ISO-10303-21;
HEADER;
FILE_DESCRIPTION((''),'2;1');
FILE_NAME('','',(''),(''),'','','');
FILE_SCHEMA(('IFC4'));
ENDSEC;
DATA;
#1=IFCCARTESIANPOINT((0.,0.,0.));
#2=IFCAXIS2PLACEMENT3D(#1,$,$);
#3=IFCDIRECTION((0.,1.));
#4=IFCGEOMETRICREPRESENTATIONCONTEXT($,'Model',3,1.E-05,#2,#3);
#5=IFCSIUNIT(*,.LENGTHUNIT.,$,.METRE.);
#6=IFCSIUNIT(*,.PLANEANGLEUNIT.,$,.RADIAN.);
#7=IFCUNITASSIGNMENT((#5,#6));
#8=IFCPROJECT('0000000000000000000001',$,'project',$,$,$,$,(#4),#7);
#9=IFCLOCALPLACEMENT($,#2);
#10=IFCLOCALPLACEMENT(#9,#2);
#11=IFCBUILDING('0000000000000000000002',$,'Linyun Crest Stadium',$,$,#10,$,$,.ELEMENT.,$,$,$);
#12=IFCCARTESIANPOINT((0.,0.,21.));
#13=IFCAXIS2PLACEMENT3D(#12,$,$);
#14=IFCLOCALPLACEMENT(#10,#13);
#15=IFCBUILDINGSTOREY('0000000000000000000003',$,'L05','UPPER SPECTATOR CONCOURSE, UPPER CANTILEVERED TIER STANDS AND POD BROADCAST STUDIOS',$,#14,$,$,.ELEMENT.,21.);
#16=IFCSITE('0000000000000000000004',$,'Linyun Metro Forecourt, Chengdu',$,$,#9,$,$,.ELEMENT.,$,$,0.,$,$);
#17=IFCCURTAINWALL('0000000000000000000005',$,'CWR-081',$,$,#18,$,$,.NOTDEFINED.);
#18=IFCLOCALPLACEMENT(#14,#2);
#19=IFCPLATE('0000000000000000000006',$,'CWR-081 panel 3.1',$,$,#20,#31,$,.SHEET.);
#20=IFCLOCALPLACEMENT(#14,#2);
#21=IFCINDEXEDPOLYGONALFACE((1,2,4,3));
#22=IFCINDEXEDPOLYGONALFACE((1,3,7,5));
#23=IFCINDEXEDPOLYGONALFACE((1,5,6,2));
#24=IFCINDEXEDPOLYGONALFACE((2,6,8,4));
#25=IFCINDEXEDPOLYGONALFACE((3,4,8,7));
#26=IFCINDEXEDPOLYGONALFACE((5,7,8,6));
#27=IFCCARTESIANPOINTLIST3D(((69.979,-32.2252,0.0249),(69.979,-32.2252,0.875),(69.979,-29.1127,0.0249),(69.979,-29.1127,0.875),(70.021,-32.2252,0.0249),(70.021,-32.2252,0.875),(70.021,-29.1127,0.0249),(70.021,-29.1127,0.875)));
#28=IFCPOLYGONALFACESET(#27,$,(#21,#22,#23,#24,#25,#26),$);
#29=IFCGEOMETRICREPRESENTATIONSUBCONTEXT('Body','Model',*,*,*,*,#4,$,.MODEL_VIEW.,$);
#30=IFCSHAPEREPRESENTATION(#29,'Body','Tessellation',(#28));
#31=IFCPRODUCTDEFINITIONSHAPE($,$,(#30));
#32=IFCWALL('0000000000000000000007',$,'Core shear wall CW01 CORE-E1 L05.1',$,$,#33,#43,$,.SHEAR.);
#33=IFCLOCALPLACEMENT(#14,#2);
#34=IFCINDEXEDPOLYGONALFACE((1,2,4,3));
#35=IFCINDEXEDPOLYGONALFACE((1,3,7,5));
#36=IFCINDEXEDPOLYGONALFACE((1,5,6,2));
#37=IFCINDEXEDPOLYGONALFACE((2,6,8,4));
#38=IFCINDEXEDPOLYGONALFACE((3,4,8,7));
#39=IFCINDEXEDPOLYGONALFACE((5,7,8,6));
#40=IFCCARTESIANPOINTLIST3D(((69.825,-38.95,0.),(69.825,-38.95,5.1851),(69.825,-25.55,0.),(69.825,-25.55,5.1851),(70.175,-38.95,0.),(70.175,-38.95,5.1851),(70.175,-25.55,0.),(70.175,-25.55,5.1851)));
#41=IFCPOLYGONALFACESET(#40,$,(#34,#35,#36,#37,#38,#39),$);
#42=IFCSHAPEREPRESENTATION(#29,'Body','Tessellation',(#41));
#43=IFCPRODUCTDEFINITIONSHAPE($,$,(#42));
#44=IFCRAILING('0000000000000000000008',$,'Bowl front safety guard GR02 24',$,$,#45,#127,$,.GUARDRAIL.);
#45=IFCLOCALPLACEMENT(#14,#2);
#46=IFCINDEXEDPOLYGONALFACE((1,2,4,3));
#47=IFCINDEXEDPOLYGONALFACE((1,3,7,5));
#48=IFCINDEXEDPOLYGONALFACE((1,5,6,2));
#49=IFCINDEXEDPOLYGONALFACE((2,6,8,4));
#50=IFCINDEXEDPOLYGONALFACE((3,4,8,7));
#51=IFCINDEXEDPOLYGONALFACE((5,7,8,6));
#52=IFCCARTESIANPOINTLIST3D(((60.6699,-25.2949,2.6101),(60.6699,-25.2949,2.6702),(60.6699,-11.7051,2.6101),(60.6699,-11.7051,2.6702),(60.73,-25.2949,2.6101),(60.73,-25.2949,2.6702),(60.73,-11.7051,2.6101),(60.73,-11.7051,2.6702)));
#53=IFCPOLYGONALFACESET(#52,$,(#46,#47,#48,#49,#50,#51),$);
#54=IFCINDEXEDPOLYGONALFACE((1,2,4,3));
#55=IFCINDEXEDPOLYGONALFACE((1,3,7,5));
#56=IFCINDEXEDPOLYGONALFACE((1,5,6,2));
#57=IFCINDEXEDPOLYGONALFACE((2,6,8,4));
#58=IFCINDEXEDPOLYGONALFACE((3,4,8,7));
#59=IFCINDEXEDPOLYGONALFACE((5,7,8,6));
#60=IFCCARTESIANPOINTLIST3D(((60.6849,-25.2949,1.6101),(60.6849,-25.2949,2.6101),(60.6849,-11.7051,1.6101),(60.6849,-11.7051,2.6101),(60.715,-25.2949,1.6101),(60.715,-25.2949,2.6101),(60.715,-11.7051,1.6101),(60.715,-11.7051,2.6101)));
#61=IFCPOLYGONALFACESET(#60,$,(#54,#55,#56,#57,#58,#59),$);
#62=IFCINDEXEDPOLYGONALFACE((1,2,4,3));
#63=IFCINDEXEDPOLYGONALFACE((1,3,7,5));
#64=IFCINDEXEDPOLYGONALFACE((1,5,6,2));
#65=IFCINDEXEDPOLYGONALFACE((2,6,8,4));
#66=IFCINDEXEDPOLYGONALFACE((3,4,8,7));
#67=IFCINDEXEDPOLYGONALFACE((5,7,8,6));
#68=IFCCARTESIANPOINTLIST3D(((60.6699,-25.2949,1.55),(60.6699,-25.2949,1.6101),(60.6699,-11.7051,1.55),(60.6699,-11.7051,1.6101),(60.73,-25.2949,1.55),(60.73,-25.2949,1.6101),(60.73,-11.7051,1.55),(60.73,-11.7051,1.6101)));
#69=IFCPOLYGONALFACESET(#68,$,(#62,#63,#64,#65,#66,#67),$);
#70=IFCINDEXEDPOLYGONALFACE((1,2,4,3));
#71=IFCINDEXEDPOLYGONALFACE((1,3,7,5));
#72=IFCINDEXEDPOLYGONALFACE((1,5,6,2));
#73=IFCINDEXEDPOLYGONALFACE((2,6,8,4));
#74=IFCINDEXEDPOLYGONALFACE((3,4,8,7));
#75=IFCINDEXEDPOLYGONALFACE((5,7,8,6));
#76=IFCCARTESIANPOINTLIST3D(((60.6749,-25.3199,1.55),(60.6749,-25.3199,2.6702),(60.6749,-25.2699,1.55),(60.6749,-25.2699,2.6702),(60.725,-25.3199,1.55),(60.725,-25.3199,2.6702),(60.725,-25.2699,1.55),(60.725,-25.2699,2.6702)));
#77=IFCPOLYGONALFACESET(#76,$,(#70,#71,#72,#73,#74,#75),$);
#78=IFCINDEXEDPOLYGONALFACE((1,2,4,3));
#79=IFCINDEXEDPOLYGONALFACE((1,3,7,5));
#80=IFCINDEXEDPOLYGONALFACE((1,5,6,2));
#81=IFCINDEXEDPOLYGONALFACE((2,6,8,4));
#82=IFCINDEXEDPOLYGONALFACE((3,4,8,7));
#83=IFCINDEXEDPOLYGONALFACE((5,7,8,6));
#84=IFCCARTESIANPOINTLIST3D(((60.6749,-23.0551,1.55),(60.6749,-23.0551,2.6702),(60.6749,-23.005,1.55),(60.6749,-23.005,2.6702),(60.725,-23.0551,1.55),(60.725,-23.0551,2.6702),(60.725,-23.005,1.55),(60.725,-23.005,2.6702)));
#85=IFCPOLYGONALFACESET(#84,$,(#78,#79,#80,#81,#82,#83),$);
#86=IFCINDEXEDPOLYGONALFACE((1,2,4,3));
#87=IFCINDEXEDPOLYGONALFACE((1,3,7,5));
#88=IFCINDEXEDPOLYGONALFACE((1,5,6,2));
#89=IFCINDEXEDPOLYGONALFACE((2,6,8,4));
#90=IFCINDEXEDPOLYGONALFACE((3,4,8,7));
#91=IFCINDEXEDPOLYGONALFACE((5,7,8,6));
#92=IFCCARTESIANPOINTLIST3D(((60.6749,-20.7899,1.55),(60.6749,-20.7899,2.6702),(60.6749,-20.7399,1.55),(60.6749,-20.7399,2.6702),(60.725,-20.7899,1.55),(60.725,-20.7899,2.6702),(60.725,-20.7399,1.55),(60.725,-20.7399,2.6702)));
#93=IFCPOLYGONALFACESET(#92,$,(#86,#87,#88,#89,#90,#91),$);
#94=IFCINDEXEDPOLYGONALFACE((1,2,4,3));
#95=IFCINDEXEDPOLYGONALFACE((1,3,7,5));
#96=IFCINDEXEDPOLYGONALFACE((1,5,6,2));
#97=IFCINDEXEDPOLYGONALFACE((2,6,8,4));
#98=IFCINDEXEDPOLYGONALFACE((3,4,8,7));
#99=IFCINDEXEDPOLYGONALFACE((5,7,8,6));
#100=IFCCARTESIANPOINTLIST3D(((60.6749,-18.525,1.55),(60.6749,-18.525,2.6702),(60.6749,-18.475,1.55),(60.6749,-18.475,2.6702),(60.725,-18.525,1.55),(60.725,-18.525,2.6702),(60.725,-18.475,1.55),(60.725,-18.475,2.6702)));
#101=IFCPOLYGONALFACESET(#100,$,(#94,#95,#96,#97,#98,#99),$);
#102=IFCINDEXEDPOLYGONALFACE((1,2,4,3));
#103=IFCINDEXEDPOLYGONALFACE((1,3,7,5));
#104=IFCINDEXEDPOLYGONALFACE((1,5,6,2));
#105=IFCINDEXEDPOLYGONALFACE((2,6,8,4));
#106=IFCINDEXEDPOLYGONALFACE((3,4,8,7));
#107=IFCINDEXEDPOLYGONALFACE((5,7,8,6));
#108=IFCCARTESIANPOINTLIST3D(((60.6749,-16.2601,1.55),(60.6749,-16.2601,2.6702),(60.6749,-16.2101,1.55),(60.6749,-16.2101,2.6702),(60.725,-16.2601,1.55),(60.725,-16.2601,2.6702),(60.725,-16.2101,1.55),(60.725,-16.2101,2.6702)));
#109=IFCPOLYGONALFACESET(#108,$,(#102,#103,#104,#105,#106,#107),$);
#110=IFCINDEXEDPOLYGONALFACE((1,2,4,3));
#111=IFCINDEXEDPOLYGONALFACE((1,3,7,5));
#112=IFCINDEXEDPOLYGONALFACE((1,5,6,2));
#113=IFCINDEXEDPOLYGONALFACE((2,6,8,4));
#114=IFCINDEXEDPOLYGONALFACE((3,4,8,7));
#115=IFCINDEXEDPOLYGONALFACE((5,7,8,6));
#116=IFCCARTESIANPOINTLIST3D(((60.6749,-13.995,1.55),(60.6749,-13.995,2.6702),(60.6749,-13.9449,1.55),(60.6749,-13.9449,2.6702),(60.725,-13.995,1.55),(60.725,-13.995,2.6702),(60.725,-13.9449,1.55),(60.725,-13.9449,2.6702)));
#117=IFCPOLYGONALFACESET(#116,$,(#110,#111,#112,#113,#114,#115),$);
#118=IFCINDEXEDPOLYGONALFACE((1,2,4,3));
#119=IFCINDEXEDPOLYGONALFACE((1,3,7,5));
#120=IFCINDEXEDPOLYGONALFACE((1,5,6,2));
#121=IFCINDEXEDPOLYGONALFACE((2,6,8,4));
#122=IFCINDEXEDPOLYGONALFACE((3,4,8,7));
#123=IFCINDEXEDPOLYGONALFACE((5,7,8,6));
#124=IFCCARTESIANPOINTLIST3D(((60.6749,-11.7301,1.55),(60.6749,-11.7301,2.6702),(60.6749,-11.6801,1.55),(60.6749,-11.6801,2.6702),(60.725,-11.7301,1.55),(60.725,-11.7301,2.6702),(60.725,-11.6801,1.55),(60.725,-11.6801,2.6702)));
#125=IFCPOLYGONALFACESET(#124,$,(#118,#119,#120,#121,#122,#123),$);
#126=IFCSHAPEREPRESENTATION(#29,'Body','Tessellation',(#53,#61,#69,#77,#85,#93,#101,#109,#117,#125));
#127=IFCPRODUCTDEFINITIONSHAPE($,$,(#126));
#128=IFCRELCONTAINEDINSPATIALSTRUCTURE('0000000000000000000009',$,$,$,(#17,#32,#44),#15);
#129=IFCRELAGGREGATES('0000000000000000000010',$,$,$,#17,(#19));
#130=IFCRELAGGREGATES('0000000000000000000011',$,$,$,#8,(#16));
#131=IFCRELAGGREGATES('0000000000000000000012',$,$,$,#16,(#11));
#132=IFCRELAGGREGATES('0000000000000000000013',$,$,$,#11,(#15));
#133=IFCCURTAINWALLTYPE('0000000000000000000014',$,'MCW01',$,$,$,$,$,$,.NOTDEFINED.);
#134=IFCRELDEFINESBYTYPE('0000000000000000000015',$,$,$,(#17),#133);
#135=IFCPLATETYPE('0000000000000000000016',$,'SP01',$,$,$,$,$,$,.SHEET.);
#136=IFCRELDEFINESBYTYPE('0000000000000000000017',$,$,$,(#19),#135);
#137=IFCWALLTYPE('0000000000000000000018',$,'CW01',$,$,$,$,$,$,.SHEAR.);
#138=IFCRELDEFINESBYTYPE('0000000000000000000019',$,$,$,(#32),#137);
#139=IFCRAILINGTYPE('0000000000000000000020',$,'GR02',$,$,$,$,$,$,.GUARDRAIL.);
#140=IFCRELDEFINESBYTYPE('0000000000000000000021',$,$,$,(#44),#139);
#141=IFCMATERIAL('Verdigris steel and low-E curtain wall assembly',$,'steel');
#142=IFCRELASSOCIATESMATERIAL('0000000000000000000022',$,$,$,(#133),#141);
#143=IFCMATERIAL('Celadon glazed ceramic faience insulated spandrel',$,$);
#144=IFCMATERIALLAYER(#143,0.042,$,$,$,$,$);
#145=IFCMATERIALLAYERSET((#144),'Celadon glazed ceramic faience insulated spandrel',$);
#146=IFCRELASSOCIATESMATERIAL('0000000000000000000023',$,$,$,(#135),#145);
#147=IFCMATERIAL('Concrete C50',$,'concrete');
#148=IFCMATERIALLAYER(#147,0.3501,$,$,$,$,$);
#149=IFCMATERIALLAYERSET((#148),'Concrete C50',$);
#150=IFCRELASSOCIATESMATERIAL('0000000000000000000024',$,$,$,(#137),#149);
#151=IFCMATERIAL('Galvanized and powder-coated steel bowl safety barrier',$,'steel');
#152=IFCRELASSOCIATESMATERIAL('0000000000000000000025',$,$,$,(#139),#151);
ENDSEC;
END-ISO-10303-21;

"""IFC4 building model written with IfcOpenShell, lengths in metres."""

from ifc_helpers import new_model, si_unit, direction, frame, frame_2d, origin, origin_2d, place, context, subcontext, project, spatial, rectangle, extrude, material, layer, layer_set, type_object, element, aggregate, save


model = new_model("IFC4")

# Units and contexts
model_context = context("Model", 3, precision=1e-05, world=origin(), true_north=direction((0.0, 1.0)))
body_context = subcontext(model_context, "Body", "Model", "MODEL_VIEW")
ifc_project = project(units=[si_unit("LENGTHUNIT", "METRE"), si_unit("PLANEANGLEUNIT", "RADIAN")], contexts=[model_context])

# Site, building, storey
site_placement = place(None, origin())
site = spatial("IfcSite", under=ifc_project, at=site_placement, Name="Linyun Metro Forecourt, Chengdu", CompositionType="ELEMENT", RefElevation=0.0)
building_placement = place(site_placement, origin())
building = spatial("IfcBuilding", under=site, at=building_placement, Name="Linyun Crest Stadium", CompositionType="ELEMENT")
storey_placement = place(building_placement, frame((0.0, 0.0, 21.0)))
storey = spatial("IfcBuildingStorey", under=building, at=storey_placement, Name="L05", Description="UPPER SPECTATOR CONCOURSE, UPPER CANTILEVERED TIER STANDS AND POD BROADCAST STUDIOS", CompositionType="ELEMENT", Elevation=21.0)

# Curtain wall, plate
ifc_material_1 = material(Name="Verdigris steel and low-E curtain wall assembly", Category="steel")
curtain_wall_type = type_object("IfcCurtainWallType", Name="MCW01", PredefinedType="NOTDEFINED", material=ifc_material_1)
curtain_wall_placement = place(storey_placement, origin())
curtain_wall = element("IfcCurtainWall", 1, at=curtain_wall_placement, inside=storey, type_object=curtain_wall_type, Name="CWR-081", PredefinedType="NOTDEFINED")
ifc_material_2 = material(Name="Celadon glazed ceramic faience insulated spandrel")
ifc_layer_1 = layer(ifc_material_2, 0.042)
ifc_layer_set_1 = layer_set([ifc_layer_1], Name="Celadon glazed ceramic faience insulated spandrel")
plate_type_1 = type_object("IfcPlateType", Name="SP01", PredefinedType="SHEET", material=ifc_layer_set_1)
plate_1_placement = place(storey_placement, frame((70.0, -30.6689, 0.0249), z_axis=(0.0, 0.0, 1.0), x_axis=(0.0, 1.0, 0.0)))
plate_1 = element("IfcPlate", 2, at=plate_1_placement, type_object=plate_type_1, Name="CWR-081 panel 3.1", PredefinedType="SHEET", context=body_context, shape_type="SweptSolid", body=[
    extrude(rectangle(XDim=3.1125, YDim=0.042, at=origin_2d()), origin(), (0.0, 0.0, 1.0), 0.8501),
])
aggregate(curtain_wall, [plate_1])

# Wall
ifc_material_3 = material(Name="Concrete C50", Category="concrete")
ifc_layer_2 = layer(ifc_material_3, 0.3501)
ifc_layer_set_2 = layer_set([ifc_layer_2], Name="Concrete C50")
wall_type = type_object("IfcWallType", Name="CW01", PredefinedType="SHEAR", material=ifc_layer_set_2)
wall_placement = place(storey_placement, frame((70.0, -38.95, 0.0), z_axis=(0.0, 0.0, 1.0), x_axis=(0.0, 1.0, 0.0)))
element("IfcWall", 3, at=wall_placement, inside=storey, type_object=wall_type, Name="Core shear wall CW01 CORE-E1 L05.1", PredefinedType="SHEAR", context=body_context, shape_type="SweptSolid", body=[
    extrude(rectangle(XDim=13.3999, YDim=0.3501, at=frame_2d((6.7, 0.0))), origin(), (0.0, 0.0, 1.0), 5.1851),
])

# Railing
ifc_material_4 = material(Name="Galvanized and powder-coated steel bowl safety barrier", Category="steel")
railing_type = type_object("IfcRailingType", Name="GR02", PredefinedType="GUARDRAIL", material=ifc_material_4)
railing_placement = place(storey_placement, frame((60.7, -25.2949, 1.55)))
element("IfcRailing", 4, at=railing_placement, inside=storey, type_object=railing_type, Name="Bowl front safety guard GR02 24", PredefinedType="GUARDRAIL", context=body_context, shape_type="SweptSolid", body=[
    extrude(rectangle(XDim=0.0601, YDim=0.0601, at=origin_2d()), frame((0.0, 0.0, 1.0901), z_axis=(0.0, 1.0, 0.0), x_axis=(-1.0, 0.0, 0.0)), (0.0, 0.0, 1.0), 13.5898),
    extrude(rectangle(XDim=0.03, YDim=1.0, at=origin_2d()), frame((0.0, 0.0, 0.5601), z_axis=(0.0, 1.0, 0.0), x_axis=(-1.0, 0.0, 0.0)), (0.0, 0.0, 1.0), 13.5898),
    extrude(rectangle(XDim=0.0601, YDim=0.0601, at=origin_2d()), frame((0.0, 0.0, 0.03), z_axis=(0.0, 1.0, 0.0), x_axis=(-1.0, 0.0, 0.0)), (0.0, 0.0, 1.0), 13.5898),
    extrude(rectangle(XDim=0.05, YDim=0.05, at=origin_2d()), origin(), (0.0, 0.0, 1.0), 1.1201),
    extrude(rectangle(XDim=0.05, YDim=0.05, at=origin_2d()), frame((0.0, 2.2649, 0.0)), (0.0, 0.0, 1.0), 1.1201),
    extrude(rectangle(XDim=0.05, YDim=0.05, at=origin_2d()), frame((0.0, 4.53, 0.0)), (0.0, 0.0, 1.0), 1.1201),
    extrude(rectangle(XDim=0.05, YDim=0.05, at=origin_2d()), frame((0.0, 6.7949, 0.0)), (0.0, 0.0, 1.0), 1.1201),
    extrude(rectangle(XDim=0.05, YDim=0.05, at=origin_2d()), frame((0.0, 9.0598, 0.0)), (0.0, 0.0, 1.0), 1.1201),
    extrude(rectangle(XDim=0.05, YDim=0.05, at=origin_2d()), frame((0.0, 11.325, 0.0)), (0.0, 0.0, 1.0), 1.1201),
    extrude(rectangle(XDim=0.05, YDim=0.05, at=origin_2d()), frame((0.0, 13.5898, 0.0)), (0.0, 0.0, 1.0), 1.1201),
])

save(model, "model.ifc")
